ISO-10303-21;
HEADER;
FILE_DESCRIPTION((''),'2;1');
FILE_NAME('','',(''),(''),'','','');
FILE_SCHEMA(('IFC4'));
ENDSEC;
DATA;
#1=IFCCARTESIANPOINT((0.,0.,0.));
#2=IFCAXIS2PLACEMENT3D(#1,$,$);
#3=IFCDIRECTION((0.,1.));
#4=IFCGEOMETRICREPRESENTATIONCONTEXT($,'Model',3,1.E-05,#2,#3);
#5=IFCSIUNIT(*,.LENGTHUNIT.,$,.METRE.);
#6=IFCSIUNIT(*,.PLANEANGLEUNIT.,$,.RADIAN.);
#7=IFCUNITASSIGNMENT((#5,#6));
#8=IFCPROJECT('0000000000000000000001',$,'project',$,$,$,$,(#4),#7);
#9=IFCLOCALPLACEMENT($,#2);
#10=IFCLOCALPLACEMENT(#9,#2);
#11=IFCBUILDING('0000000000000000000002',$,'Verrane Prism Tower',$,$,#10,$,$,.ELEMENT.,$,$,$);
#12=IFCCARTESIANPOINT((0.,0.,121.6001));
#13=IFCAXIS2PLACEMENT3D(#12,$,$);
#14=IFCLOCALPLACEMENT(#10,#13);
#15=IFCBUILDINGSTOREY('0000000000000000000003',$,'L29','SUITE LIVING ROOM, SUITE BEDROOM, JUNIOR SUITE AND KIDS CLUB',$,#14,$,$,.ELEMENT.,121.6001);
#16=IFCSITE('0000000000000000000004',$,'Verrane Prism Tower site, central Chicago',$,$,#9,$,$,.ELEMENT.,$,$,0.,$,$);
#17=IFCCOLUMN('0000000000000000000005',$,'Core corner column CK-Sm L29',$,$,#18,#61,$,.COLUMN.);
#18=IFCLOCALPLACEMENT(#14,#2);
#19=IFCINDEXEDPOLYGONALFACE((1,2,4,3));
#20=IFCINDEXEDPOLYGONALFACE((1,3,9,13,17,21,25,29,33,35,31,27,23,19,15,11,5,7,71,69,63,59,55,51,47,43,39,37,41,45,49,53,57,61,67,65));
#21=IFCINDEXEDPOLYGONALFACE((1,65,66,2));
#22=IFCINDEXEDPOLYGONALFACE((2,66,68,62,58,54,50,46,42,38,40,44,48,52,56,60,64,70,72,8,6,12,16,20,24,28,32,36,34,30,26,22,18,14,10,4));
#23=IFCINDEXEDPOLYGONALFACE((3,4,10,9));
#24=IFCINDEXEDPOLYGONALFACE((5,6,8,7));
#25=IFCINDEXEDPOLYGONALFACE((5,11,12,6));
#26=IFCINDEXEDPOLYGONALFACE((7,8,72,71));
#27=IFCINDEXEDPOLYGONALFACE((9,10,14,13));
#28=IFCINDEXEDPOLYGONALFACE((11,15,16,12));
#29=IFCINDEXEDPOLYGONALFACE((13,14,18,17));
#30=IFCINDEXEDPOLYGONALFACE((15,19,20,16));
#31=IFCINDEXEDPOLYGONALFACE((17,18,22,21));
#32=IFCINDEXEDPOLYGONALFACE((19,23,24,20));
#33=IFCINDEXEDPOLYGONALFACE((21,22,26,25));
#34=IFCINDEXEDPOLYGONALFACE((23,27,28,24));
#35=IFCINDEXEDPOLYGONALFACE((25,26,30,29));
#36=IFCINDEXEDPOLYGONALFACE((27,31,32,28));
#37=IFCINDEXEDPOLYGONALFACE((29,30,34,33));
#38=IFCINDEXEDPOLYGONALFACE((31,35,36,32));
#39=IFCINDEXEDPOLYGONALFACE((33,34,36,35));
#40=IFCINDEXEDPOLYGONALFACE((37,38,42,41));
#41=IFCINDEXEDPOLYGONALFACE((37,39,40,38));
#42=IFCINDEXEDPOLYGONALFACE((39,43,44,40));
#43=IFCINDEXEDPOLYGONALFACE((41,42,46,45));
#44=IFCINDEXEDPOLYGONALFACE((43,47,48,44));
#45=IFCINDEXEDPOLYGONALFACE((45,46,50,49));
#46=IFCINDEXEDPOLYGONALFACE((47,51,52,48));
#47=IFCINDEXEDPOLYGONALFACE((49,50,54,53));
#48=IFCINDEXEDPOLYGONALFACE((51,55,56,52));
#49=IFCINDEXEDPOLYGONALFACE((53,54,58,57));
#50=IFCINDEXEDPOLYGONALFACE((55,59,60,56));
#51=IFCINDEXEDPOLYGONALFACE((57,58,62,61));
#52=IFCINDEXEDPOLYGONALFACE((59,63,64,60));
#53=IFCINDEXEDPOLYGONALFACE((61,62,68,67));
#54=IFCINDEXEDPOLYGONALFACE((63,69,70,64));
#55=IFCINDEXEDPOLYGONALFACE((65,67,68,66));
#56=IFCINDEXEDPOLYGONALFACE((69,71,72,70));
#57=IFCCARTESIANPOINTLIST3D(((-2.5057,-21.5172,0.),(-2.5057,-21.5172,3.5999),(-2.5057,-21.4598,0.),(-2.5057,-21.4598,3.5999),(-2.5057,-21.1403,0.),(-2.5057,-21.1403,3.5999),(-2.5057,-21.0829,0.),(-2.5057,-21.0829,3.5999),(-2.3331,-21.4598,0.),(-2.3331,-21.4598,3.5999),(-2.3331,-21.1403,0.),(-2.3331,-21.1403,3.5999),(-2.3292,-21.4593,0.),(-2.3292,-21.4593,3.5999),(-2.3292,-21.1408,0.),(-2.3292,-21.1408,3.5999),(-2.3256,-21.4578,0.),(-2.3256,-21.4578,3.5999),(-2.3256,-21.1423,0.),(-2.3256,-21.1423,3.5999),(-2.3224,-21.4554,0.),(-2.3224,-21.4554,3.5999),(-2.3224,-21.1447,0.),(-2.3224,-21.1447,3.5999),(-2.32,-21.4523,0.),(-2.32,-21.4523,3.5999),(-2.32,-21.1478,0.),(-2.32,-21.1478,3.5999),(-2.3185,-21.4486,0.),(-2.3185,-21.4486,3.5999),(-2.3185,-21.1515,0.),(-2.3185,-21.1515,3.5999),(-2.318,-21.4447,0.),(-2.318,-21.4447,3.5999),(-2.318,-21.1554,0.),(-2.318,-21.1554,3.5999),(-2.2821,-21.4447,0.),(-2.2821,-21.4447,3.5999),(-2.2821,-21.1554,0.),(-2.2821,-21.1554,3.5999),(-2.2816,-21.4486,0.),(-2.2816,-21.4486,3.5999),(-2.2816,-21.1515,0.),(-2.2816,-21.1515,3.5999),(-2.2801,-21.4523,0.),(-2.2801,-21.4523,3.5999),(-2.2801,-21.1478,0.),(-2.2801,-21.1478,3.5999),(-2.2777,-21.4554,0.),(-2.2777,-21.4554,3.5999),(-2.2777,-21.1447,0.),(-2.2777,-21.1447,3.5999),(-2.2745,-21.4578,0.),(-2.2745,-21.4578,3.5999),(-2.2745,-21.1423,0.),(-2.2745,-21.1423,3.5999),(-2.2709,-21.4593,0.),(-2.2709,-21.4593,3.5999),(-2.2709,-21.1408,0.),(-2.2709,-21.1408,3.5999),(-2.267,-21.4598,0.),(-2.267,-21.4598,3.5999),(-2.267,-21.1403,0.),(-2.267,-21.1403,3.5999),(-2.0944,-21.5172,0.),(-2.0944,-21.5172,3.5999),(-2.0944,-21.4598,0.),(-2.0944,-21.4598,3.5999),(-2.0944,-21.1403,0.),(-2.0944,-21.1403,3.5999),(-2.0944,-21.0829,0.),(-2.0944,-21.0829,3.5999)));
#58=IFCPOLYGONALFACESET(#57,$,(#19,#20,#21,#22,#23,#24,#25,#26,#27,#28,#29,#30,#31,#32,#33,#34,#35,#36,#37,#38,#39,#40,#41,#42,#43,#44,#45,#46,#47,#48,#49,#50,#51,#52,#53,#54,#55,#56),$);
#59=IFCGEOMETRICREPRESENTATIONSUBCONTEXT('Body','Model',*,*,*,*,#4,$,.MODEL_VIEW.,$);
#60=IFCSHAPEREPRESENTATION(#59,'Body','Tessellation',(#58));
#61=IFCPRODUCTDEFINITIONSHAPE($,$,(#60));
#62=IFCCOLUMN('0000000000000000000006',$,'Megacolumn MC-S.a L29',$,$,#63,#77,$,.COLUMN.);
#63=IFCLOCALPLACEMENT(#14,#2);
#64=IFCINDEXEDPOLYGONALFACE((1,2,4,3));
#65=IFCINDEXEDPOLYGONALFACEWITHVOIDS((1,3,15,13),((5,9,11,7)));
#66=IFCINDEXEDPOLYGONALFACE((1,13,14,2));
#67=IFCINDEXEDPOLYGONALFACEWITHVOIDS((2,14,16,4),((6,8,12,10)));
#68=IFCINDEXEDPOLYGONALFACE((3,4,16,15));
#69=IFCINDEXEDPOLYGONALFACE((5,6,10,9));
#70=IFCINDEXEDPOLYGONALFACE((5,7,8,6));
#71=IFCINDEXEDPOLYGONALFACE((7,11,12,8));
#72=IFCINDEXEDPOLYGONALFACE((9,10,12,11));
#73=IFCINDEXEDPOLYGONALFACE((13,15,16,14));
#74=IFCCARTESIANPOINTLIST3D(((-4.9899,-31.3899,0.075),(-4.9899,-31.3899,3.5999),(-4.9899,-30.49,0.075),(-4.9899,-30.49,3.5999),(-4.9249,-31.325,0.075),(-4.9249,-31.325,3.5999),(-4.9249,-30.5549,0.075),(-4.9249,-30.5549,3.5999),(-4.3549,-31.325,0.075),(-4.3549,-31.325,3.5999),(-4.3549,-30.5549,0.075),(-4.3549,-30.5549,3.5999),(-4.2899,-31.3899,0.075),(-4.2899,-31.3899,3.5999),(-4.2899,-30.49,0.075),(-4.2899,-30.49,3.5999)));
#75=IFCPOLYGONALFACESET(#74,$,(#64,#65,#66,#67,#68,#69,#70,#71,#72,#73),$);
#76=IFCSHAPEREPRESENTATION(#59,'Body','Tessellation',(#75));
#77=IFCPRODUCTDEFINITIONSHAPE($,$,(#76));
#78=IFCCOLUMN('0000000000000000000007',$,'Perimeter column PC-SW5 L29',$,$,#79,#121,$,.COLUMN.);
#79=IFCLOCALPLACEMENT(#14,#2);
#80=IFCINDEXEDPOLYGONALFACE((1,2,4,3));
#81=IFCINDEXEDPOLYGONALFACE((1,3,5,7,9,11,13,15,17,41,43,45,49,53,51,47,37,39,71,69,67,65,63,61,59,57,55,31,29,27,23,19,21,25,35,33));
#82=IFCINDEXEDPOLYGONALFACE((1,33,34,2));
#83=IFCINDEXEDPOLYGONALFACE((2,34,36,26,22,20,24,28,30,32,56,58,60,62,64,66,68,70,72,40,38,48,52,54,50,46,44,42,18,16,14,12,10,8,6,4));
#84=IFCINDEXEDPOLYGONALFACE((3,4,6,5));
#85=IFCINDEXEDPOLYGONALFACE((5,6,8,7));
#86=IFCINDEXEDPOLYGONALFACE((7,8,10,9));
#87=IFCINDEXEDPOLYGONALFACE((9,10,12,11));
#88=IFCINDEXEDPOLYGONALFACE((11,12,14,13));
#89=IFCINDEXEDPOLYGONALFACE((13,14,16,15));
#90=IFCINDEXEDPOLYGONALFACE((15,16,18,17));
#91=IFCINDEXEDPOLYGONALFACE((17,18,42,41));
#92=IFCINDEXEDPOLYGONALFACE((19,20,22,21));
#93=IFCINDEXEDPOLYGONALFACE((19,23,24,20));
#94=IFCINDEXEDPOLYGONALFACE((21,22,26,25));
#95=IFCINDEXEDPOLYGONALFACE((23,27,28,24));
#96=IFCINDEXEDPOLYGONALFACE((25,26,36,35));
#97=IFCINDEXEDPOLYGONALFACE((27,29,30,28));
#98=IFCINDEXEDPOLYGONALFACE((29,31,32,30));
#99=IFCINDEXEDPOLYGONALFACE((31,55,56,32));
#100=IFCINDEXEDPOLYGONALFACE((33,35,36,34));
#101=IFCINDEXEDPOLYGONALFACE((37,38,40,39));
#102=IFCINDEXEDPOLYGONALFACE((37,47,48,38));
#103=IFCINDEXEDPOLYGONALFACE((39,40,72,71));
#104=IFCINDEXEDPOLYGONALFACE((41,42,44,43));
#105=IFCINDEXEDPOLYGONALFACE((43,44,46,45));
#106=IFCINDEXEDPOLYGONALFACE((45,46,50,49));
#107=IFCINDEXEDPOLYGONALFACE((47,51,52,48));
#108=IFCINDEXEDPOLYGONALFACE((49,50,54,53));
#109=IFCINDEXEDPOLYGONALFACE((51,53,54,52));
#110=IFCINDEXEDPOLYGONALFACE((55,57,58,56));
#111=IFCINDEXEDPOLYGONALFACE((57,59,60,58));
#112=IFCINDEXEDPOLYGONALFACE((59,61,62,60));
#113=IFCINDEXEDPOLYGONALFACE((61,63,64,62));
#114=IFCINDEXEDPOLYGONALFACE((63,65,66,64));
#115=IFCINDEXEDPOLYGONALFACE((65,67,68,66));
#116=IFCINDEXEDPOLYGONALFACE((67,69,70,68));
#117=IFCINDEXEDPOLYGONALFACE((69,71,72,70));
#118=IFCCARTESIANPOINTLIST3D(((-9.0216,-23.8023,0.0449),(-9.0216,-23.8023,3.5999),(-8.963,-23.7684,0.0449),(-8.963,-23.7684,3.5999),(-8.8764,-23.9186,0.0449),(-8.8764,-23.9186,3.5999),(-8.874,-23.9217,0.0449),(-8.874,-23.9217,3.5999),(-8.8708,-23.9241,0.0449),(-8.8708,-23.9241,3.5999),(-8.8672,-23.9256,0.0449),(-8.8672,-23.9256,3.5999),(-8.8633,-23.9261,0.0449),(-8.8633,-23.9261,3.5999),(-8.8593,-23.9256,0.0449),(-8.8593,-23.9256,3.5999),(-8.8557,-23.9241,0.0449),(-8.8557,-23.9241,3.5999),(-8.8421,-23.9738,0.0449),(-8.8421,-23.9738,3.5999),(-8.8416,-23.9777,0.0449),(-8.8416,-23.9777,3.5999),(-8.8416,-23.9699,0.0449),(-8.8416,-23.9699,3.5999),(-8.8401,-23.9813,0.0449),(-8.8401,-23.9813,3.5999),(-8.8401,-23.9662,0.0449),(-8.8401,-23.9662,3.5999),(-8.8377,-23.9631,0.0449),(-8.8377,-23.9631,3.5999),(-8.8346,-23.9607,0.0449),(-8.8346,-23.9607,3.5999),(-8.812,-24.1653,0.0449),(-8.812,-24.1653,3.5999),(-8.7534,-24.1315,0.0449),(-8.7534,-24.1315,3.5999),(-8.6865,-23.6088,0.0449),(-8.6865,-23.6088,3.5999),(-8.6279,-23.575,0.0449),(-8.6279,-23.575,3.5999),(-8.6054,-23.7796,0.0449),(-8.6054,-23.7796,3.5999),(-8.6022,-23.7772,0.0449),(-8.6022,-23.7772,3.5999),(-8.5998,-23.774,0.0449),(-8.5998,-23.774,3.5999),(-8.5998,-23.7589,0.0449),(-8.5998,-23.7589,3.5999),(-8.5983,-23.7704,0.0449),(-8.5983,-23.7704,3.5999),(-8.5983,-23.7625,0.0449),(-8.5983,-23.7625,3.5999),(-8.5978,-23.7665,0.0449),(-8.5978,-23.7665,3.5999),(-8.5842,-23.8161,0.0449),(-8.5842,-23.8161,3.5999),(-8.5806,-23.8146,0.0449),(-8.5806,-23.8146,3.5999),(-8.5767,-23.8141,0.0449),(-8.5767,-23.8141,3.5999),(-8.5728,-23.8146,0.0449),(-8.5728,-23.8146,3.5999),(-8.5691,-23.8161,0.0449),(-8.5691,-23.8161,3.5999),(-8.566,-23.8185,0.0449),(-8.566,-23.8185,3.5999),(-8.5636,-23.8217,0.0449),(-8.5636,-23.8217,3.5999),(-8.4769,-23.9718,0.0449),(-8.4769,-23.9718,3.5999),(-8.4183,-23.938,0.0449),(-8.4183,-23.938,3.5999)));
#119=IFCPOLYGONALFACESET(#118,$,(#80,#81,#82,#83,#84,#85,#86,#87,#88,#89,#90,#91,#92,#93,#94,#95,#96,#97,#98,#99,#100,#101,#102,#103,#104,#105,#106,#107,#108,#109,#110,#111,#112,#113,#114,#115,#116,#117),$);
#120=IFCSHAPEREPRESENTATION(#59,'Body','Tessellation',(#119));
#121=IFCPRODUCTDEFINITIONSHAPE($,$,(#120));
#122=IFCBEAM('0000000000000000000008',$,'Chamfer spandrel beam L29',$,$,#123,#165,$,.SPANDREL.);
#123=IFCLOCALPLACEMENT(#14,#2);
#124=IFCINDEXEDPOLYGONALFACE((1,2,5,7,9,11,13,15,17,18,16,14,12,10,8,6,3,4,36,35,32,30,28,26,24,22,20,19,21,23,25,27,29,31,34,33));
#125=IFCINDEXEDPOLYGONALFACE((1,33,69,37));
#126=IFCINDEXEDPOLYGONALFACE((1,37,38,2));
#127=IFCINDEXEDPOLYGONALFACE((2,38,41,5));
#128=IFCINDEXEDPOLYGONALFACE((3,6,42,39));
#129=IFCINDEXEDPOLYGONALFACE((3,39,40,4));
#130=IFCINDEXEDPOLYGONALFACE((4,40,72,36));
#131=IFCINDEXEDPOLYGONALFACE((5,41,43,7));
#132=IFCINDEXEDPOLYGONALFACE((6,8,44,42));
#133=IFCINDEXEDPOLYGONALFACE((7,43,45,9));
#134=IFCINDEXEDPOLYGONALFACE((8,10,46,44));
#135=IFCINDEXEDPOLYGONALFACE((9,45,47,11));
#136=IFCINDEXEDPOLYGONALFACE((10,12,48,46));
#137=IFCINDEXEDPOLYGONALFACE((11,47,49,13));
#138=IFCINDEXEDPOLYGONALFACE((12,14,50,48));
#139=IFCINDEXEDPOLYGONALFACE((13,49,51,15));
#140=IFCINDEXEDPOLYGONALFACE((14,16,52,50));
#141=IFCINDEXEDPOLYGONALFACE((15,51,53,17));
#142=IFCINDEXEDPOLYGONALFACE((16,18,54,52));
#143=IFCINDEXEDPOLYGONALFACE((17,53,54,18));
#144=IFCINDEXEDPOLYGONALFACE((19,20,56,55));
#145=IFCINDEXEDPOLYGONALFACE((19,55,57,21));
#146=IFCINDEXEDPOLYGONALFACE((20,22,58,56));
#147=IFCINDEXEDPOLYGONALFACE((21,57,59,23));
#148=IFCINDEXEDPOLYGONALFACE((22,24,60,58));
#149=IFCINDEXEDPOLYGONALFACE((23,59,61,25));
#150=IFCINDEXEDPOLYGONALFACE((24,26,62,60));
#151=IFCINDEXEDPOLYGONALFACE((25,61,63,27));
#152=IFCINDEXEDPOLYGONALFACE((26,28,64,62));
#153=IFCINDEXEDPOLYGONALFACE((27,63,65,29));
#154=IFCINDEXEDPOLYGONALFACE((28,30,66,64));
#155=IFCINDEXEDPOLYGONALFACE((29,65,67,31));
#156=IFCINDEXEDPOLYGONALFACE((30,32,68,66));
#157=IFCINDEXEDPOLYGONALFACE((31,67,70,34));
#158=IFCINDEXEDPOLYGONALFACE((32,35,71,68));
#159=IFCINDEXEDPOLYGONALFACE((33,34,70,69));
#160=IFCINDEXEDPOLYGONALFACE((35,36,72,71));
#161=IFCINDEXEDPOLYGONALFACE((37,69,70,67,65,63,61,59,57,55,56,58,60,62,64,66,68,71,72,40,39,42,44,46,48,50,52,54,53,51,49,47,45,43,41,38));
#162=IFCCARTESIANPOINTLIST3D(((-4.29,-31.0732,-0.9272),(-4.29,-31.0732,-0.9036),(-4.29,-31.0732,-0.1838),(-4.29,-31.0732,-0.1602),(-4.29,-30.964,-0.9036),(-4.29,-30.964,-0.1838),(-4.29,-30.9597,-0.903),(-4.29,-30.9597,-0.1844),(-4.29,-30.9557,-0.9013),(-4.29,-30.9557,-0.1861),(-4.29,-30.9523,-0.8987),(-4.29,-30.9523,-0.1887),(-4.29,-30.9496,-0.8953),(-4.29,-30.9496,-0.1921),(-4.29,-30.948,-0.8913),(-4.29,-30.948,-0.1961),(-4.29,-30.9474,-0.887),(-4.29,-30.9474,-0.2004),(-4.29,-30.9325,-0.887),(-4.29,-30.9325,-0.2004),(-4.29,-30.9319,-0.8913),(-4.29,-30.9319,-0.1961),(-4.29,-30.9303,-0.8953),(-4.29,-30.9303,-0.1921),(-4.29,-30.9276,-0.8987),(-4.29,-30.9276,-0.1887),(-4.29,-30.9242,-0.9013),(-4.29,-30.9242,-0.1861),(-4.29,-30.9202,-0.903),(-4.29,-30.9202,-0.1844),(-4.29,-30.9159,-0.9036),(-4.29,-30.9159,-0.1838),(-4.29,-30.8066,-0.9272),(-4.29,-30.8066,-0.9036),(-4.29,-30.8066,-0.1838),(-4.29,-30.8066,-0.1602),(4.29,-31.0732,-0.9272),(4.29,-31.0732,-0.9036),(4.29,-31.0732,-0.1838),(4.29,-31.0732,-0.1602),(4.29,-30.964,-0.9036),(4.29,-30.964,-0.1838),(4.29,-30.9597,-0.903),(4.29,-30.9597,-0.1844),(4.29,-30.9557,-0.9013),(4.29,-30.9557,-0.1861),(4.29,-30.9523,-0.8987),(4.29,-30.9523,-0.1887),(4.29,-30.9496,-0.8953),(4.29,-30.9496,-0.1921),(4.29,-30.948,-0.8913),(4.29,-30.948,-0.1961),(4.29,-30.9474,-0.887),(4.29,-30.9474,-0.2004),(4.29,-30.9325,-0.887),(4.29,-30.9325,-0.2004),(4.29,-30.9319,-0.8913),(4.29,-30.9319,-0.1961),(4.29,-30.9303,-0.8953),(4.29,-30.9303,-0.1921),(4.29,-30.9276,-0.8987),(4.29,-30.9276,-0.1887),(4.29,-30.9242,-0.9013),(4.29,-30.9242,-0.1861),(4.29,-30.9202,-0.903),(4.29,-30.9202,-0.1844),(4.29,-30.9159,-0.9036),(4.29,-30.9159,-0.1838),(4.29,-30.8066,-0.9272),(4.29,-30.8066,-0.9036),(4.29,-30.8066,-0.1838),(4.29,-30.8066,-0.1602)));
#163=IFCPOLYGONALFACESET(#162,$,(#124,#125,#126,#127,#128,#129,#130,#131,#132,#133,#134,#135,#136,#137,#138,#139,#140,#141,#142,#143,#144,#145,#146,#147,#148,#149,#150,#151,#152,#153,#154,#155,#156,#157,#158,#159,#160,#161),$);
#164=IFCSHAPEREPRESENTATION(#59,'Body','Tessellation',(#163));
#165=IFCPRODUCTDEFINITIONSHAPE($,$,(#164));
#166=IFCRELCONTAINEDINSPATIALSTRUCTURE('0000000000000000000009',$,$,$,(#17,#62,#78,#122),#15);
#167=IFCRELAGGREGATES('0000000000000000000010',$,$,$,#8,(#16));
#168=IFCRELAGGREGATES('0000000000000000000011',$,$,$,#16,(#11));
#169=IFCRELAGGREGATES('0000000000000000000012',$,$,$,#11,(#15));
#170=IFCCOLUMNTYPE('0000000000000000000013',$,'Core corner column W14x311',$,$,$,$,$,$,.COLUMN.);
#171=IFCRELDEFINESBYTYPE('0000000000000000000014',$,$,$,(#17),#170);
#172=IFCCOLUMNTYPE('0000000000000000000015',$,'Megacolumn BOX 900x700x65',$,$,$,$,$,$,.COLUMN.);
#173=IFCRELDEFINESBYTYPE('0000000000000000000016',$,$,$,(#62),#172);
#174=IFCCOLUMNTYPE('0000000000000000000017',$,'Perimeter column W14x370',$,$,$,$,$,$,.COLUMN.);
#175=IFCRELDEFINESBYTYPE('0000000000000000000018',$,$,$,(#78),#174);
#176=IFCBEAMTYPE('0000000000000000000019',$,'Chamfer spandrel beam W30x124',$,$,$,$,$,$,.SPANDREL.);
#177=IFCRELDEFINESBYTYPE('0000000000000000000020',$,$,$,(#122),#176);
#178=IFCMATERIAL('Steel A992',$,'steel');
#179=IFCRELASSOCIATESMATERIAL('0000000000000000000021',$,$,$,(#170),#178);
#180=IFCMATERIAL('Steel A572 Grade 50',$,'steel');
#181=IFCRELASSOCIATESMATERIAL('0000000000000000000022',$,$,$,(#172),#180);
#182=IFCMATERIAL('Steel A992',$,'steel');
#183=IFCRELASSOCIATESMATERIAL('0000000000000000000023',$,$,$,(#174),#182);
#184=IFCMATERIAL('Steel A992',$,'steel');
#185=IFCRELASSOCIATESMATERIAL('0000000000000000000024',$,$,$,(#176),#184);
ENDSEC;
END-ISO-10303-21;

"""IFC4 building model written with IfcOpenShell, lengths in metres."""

from ifc_helpers import new_model, si_unit, direction, frame, origin, origin_2d, place, context, subcontext, project, spatial, hollow_rectangle, i_section, extrude, material, material_profile, profile_set, type_object, element, save


model = new_model("IFC4")

# Units and contexts
model_context = context("Model", 3, precision=1e-05, world=origin(), true_north=direction((0.0, 1.0)))
body_context = subcontext(model_context, "Body", "Model", "MODEL_VIEW")
ifc_project = project(units=[si_unit("LENGTHUNIT", "METRE"), si_unit("PLANEANGLEUNIT", "RADIAN")], contexts=[model_context])

# Site, building, storey
site_placement = place(None, origin())
site = spatial("IfcSite", under=ifc_project, at=site_placement, Name="Verrane Prism Tower site, central Chicago", CompositionType="ELEMENT", RefElevation=0.0)
building_placement = place(site_placement, origin())
building = spatial("IfcBuilding", under=site, at=building_placement, Name="Verrane Prism Tower", CompositionType="ELEMENT")
storey_placement = place(building_placement, frame((0.0, 0.0, 121.6001)))
storey = spatial("IfcBuildingStorey", under=building, at=storey_placement, Name="L29", Description="SUITE LIVING ROOM, SUITE BEDROOM, JUNIOR SUITE AND KIDS CLUB", CompositionType="ELEMENT", Elevation=121.6001)

# Columns
ifc_material_1 = material(Name="Steel A992", Category="steel")
ifc_material_profile_1 = material_profile(ifc_material_1, i_section(OverallWidth=0.4114, OverallDepth=0.4343, WebThickness=0.0359, FlangeThickness=0.0574, FilletRadius=0.0151, at=origin_2d()), Name="W14x311")
ifc_profile_set_1 = profile_set([ifc_material_profile_1], Name="Steel A992")
column_type_1 = type_object("IfcColumnType", Name="Core corner column W14x311", PredefinedType="COLUMN", material=ifc_profile_set_1)
column_1_placement = place(storey_placement, frame((-2.3, -21.3, 0.0), z_axis=(0.0, 0.0, 1.0), x_axis=(-1.0, 0.0, 0.0)))
element("IfcColumn", 1, at=column_1_placement, inside=storey, type_object=column_type_1, Name="Core corner column CK-Sm L29", PredefinedType="COLUMN", context=body_context, shape_type="SweptSolid", body=[
    extrude(i_section(OverallWidth=0.4114, OverallDepth=0.4343, WebThickness=0.0359, FlangeThickness=0.0574, FilletRadius=0.0151, at=origin_2d()), origin(), (0.0, 0.0, 1.0), 3.5999),
])
ifc_material_2 = material(Name="Steel A572 Grade 50", Category="steel")
ifc_material_profile_2 = material_profile(ifc_material_2, hollow_rectangle(XDim=0.7, YDim=0.8999, WallThickness=0.0649, at=origin_2d()), Name="BOX 900x700x65")
ifc_profile_set_2 = profile_set([ifc_material_profile_2], Name="Steel A572 Grade 50")
column_type_2 = type_object("IfcColumnType", Name="Megacolumn BOX 900x700x65", PredefinedType="COLUMN", material=ifc_profile_set_2)
column_2_placement = place(storey_placement, frame((-4.6399, -30.9399, 0.075), z_axis=(0.0, 0.0, 1.0), x_axis=(-1.0, 0.0, 0.0)))
element("IfcColumn", 2, at=column_2_placement, inside=storey, type_object=column_type_2, Name="Megacolumn MC-S.a L29", PredefinedType="COLUMN", context=body_context, shape_type="SweptSolid", body=[
    extrude(hollow_rectangle(XDim=0.7, YDim=0.8999, WallThickness=0.0649, at=origin_2d()), origin(), (0.0, 0.0, 1.0), 3.5249),
])
ifc_material_3 = material(Name="Steel A992", Category="steel")
ifc_material_profile_3 = material_profile(ifc_material_3, i_section(OverallWidth=0.4192, OverallDepth=0.4546, WebThickness=0.0422, FlangeThickness=0.0676, FilletRadius=0.0151, at=origin_2d()), Name="W14x370")
ifc_profile_set_3 = profile_set([ifc_material_profile_3], Name="Steel A992")
column_type_3 = type_object("IfcColumnType", Name="Perimeter column W14x370", PredefinedType="COLUMN", material=ifc_profile_set_3)
column_3_placement = place(storey_placement, frame((-8.72, -23.8701, 0.0449), z_axis=(0.0, 0.0, 1.0), x_axis=(-0.5, 0.866025, 0.0)))
element("IfcColumn", 3, at=column_3_placement, inside=storey, type_object=column_type_3, Name="Perimeter column PC-SW5 L29", PredefinedType="COLUMN", context=body_context, shape_type="SweptSolid", body=[
    extrude(i_section(OverallWidth=0.4192, OverallDepth=0.4546, WebThickness=0.0422, FlangeThickness=0.0676, FilletRadius=0.0151, at=origin_2d()), origin(), (0.0, 0.0, 1.0), 3.5549),
])

# Beam
ifc_material_4 = material(Name="Steel A992", Category="steel")
ifc_material_profile_4 = material_profile(ifc_material_4, i_section(OverallWidth=0.2666, OverallDepth=0.7671, WebThickness=0.0149, FlangeThickness=0.0237, FilletRadius=0.0166, at=origin_2d()), Name="W30x124")
ifc_profile_set_4 = profile_set([ifc_material_profile_4], Name="Steel A992")
beam_type_1 = type_object("IfcBeamType", Name="Chamfer spandrel beam W30x124", PredefinedType="SPANDREL", material=ifc_profile_set_4)
beam_1_placement = place(storey_placement, frame((-4.29, -30.9399, -0.5437), z_axis=(1.0, 0.0, 0.0), x_axis=(0.0, 1.0, 0.0)))
element("IfcBeam", 4, at=beam_1_placement, inside=storey, type_object=beam_type_1, Name="Chamfer spandrel beam L29", PredefinedType="SPANDREL", context=body_context, shape_type="SweptSolid", body=[
    extrude(i_section(OverallWidth=0.2666, OverallDepth=0.7671, WebThickness=0.0149, FlangeThickness=0.0237, FilletRadius=0.0166, at=origin_2d()), origin(), (0.0, 0.0, 1.0), 8.5801),
])

save(model, "model.ifc")
